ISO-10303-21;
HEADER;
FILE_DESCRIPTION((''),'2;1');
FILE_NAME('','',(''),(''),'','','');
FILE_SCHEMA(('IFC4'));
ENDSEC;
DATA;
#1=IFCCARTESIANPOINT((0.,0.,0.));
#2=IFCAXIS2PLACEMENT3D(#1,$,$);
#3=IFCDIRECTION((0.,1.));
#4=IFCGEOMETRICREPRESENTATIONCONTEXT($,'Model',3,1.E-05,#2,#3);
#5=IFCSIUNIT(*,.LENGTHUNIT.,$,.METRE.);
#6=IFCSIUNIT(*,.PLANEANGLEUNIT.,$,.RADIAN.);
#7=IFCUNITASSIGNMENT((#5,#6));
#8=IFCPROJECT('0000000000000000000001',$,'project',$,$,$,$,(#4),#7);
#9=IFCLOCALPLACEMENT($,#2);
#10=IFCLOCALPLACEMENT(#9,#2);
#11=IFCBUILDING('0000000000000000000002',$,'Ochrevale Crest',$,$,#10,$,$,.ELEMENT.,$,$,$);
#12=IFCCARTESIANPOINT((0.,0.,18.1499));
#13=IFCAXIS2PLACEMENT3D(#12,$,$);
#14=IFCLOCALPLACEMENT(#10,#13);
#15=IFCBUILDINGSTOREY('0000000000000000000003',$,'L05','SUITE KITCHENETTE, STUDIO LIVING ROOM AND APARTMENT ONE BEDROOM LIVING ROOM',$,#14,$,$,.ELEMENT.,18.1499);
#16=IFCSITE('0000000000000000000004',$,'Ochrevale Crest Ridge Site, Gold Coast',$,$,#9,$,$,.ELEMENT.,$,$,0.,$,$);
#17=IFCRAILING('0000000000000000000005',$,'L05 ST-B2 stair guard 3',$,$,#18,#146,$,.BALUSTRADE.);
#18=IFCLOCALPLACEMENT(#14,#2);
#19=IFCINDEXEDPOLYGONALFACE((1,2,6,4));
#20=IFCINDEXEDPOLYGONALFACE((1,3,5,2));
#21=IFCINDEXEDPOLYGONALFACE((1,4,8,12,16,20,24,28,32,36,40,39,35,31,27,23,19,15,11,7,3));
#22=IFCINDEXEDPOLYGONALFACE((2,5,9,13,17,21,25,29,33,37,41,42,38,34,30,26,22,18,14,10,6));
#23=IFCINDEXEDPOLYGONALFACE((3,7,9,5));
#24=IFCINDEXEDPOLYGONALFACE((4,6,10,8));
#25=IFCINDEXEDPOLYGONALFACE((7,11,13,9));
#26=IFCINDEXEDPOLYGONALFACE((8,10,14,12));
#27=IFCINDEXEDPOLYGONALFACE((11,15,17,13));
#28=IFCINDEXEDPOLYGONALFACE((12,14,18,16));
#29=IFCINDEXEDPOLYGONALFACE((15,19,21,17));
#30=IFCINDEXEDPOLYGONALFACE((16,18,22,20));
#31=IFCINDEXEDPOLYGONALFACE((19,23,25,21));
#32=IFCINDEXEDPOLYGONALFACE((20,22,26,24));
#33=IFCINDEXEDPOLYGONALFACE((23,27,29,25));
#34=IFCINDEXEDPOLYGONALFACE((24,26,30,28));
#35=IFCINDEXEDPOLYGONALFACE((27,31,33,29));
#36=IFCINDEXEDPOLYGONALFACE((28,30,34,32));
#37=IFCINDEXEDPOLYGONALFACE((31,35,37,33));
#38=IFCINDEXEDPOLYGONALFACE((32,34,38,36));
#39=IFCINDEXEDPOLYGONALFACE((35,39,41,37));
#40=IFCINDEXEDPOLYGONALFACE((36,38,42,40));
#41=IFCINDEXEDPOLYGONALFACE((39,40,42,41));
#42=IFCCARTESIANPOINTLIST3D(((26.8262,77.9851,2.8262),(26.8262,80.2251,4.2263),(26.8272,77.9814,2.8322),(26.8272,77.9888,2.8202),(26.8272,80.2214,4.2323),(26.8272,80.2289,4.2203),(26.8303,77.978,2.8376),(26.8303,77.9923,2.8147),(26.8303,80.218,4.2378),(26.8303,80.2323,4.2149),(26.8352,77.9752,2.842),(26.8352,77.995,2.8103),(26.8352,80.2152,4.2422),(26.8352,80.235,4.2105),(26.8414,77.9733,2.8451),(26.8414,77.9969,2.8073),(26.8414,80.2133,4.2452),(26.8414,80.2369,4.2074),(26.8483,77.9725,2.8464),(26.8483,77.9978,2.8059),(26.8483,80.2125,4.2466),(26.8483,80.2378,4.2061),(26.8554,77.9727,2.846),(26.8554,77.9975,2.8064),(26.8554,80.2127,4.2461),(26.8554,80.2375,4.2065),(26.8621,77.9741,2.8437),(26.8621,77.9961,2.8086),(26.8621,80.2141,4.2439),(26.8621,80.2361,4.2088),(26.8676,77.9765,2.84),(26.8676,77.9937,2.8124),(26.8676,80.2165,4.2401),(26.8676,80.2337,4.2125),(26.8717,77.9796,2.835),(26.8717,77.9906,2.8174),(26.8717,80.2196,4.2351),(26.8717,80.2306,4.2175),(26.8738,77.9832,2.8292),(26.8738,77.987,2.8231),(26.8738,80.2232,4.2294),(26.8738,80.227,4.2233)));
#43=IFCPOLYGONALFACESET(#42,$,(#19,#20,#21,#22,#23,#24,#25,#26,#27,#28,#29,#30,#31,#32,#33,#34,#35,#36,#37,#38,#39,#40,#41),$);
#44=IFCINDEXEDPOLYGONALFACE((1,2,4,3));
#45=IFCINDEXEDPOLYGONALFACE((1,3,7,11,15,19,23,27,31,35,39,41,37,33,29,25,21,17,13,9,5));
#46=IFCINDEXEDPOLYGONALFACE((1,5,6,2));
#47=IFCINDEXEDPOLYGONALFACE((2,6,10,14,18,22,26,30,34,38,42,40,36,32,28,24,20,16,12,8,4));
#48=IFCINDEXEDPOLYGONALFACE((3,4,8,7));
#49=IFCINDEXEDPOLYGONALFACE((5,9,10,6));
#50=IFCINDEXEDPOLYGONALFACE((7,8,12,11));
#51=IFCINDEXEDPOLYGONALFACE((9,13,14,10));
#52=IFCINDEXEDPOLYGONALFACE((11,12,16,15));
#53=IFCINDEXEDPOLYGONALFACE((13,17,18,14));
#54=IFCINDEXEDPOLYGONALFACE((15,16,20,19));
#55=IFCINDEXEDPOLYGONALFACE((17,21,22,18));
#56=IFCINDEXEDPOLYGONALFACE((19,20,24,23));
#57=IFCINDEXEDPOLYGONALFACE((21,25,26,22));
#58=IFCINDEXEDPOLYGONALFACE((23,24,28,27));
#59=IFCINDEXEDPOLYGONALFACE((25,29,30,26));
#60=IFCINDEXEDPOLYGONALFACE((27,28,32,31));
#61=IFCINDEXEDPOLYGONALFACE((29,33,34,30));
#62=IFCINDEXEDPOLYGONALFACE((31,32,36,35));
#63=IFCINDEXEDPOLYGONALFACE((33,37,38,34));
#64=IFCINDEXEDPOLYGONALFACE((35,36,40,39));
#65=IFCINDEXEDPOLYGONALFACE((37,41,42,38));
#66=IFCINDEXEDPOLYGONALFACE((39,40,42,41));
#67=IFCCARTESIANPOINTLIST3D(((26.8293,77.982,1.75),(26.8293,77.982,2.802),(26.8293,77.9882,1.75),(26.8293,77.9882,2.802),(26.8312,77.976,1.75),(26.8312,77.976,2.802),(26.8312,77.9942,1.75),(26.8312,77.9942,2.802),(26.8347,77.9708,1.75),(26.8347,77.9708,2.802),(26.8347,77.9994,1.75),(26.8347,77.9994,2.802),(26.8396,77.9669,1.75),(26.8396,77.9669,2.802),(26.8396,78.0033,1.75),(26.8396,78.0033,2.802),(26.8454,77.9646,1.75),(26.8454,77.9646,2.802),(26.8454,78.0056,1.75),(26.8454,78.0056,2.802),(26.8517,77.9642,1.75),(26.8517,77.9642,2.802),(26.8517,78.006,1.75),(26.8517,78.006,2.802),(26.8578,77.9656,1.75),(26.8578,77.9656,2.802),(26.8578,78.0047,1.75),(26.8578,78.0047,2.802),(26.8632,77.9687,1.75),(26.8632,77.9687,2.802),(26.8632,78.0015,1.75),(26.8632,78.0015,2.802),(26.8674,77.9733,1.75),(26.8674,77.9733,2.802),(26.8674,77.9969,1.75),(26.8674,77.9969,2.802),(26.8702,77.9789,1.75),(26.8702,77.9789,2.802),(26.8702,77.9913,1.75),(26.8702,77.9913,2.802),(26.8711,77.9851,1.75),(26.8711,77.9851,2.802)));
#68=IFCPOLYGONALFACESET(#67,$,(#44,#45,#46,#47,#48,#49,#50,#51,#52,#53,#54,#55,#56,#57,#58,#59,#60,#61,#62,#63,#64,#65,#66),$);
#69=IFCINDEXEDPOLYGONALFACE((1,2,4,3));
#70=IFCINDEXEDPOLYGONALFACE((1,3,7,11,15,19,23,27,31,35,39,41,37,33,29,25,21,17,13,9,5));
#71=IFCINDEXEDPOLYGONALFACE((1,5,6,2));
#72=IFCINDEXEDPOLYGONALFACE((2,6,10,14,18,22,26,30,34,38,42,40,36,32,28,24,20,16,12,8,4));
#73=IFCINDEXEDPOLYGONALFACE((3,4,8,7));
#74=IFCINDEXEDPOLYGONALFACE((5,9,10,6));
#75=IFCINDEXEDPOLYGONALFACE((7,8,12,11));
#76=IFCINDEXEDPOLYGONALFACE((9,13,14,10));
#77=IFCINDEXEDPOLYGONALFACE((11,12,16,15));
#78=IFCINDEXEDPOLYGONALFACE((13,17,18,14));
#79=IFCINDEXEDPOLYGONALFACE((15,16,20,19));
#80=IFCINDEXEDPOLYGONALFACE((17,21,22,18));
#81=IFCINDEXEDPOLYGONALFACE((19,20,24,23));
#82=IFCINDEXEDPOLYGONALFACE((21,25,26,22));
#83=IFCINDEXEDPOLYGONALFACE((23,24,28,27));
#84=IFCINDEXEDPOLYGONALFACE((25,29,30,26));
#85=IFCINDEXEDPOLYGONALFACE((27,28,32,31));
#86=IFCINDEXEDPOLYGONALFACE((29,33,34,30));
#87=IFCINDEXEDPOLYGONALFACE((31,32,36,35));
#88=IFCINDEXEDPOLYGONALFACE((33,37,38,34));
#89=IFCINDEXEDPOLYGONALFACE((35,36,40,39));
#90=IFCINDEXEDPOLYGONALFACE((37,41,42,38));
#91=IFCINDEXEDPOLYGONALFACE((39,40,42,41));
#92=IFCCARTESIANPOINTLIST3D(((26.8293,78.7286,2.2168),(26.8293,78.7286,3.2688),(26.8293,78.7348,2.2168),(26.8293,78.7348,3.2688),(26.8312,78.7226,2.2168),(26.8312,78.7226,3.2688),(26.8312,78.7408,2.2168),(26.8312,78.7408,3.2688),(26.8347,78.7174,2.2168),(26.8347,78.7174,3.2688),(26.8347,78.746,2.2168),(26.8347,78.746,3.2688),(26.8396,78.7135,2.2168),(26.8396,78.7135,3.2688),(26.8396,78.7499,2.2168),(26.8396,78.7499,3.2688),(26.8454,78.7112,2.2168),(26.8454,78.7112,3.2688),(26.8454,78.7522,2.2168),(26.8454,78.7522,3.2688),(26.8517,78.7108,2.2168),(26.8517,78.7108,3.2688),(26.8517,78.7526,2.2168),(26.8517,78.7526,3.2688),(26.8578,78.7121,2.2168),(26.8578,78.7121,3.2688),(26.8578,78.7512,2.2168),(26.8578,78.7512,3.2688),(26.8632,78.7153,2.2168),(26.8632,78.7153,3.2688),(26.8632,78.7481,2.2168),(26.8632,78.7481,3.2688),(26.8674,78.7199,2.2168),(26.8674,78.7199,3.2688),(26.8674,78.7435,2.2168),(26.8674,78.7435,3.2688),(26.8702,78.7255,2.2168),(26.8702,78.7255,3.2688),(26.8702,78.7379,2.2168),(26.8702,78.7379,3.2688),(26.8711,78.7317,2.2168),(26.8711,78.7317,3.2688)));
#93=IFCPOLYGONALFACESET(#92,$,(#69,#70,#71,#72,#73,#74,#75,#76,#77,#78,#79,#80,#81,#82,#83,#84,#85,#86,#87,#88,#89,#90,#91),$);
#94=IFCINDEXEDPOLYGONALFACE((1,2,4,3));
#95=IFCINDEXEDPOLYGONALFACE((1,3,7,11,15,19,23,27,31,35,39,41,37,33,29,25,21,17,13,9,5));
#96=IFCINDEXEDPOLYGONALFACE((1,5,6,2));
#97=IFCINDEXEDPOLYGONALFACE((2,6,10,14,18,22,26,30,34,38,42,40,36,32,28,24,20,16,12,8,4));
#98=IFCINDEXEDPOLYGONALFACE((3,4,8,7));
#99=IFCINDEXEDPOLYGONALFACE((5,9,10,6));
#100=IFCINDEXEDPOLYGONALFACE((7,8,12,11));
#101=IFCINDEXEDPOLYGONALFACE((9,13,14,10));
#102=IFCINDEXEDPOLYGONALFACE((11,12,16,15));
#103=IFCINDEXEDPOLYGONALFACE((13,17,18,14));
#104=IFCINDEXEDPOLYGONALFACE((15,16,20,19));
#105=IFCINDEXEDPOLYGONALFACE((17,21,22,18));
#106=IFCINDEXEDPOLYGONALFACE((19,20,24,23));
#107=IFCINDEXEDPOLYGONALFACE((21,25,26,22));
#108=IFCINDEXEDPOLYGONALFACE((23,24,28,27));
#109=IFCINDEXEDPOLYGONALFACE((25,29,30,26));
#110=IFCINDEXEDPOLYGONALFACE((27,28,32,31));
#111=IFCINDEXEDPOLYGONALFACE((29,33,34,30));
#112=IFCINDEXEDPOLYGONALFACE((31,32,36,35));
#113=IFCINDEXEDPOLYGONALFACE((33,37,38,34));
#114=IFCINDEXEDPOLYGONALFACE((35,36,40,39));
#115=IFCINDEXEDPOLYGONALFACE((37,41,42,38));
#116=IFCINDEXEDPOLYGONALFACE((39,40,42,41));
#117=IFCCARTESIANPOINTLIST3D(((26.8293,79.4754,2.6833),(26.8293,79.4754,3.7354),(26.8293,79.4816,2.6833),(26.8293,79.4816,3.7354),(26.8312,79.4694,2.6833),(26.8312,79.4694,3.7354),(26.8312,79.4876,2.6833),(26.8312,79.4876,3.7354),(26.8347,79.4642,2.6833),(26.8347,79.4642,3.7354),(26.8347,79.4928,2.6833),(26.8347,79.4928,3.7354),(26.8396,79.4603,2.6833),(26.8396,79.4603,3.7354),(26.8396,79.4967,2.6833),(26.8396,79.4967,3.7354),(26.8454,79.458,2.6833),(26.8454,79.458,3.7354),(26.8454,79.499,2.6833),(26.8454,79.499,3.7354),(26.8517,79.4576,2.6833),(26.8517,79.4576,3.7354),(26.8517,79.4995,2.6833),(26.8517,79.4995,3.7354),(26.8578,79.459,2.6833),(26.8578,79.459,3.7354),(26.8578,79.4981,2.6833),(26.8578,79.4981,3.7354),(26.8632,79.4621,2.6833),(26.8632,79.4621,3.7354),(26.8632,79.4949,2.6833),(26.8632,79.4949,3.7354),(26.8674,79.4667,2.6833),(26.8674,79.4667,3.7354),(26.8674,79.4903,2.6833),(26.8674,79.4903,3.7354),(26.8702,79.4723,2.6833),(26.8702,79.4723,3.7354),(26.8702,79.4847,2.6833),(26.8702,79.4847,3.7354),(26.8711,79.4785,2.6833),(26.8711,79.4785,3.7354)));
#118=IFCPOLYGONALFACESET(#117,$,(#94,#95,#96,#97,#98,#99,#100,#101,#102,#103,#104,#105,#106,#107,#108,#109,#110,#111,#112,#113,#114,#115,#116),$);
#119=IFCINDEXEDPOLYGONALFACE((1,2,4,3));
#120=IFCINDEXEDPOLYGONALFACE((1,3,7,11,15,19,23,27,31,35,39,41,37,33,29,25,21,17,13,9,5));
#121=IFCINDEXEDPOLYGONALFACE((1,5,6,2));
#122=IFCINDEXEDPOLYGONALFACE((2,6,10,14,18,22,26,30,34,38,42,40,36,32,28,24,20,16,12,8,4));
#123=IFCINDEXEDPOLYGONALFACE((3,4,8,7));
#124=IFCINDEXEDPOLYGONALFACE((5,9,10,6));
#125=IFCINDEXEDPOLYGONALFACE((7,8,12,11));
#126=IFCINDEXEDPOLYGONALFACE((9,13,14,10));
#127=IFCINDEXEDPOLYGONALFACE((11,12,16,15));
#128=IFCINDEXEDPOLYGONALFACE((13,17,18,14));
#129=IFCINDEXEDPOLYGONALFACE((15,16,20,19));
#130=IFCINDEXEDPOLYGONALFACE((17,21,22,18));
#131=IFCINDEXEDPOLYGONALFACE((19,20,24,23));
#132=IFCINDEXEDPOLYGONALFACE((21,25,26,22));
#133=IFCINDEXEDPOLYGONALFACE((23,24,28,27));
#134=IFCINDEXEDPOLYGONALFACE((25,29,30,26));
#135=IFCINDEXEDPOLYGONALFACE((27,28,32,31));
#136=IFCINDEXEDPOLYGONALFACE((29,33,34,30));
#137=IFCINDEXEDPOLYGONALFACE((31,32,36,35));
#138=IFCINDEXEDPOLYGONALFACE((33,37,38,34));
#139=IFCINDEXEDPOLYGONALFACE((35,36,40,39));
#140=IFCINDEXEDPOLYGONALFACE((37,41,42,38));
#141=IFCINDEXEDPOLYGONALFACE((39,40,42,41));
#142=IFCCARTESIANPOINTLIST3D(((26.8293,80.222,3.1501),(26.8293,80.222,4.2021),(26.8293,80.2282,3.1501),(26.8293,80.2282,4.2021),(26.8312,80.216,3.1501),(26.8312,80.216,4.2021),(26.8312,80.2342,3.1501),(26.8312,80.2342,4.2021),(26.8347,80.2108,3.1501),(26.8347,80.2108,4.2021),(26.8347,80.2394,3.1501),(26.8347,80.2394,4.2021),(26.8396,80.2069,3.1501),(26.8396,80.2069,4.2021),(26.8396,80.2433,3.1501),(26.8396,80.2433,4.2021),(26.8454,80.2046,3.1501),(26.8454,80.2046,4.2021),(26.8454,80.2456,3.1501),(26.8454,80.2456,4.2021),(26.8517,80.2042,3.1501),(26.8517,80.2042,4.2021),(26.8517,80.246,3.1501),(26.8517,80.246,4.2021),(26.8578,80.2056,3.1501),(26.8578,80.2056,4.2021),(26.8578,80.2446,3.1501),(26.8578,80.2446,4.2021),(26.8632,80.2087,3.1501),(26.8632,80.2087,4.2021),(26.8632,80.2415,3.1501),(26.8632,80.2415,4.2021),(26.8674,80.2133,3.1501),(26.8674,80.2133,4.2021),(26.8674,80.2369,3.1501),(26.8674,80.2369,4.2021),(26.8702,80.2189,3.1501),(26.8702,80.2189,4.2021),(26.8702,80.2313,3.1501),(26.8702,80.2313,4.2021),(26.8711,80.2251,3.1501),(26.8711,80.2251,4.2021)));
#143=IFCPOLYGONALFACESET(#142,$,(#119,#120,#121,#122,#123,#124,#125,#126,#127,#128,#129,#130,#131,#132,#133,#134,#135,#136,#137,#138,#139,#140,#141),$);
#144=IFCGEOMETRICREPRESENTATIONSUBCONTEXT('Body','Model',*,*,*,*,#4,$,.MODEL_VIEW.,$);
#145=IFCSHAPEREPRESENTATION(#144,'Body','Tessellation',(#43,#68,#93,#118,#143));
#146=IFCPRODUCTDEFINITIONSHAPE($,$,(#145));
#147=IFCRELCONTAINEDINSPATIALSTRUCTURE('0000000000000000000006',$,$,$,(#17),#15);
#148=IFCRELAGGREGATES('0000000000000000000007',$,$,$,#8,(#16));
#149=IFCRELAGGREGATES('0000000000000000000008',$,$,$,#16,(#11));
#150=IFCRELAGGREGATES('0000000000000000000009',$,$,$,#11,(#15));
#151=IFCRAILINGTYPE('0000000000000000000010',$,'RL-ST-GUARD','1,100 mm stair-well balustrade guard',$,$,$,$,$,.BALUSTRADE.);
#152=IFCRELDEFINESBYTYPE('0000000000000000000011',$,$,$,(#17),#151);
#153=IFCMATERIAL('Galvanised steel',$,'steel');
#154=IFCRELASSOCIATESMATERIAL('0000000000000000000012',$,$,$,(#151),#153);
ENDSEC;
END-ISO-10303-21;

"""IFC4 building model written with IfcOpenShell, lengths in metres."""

from ifc_helpers import new_model, si_unit, direction, frame, origin, origin_2d, place, context, subcontext, project, spatial, circle, extrude, material, type_object, element, save


model = new_model("IFC4")

# Units and contexts
model_context = context("Model", 3, precision=1e-05, world=origin(), true_north=direction((0.0, 1.0)))
body_context = subcontext(model_context, "Body", "Model", "MODEL_VIEW")
ifc_project = project(units=[si_unit("LENGTHUNIT", "METRE"), si_unit("PLANEANGLEUNIT", "RADIAN")], contexts=[model_context])

# Site, building, storey
site_placement = place(None, origin())
site = spatial("IfcSite", under=ifc_project, at=site_placement, Name="Ochrevale Crest Ridge Site, Gold Coast", CompositionType="ELEMENT", RefElevation=0.0)
building_placement = place(site_placement, origin())
building = spatial("IfcBuilding", under=site, at=building_placement, Name="Ochrevale Crest", CompositionType="ELEMENT")
storey_placement = place(building_placement, frame((0.0, 0.0, 18.1499)))
storey = spatial("IfcBuildingStorey", under=building, at=storey_placement, Name="L05", Description="SUITE KITCHENETTE, STUDIO LIVING ROOM AND APARTMENT ONE BEDROOM LIVING ROOM", CompositionType="ELEMENT", Elevation=18.1499)

# Railing
ifc_material_1 = material(Name="Galvanised steel", Category="steel")
railing_type_1 = type_object("IfcRailingType", Name="RL-ST-GUARD", Description="1,100 mm stair-well balustrade guard", PredefinedType="BALUSTRADE", material=ifc_material_1)
railing_1_placement = place(storey_placement, frame((26.8501, 77.9851, 1.75)))
element("IfcRailing", 1, at=railing_1_placement, inside=storey, type_object=railing_type_1, Name="L05 ST-B2 stair guard 3", PredefinedType="BALUSTRADE", context=body_context, shape_type="SweptSolid", body=[
    extrude(circle(Radius=0.0239, at=origin_2d()), frame((0.0, 0.0, 1.0762), z_axis=(0.0, 0.847972, 0.53004), x_axis=(-1.0, 0.0, 0.0)), (0.0, 0.0, 1.0), 2.6416),
    extrude(circle(Radius=0.021, at=origin_2d()), origin(), (0.0, 0.0, 1.0), 1.052),
    extrude(circle(Radius=0.021, at=origin_2d()), frame((0.0, 0.7466, 0.4668)), (0.0, 0.0, 1.0), 1.052),
    extrude(circle(Radius=0.021, at=origin_2d()), frame((0.0, 1.4934, 0.9333)), (0.0, 0.0, 1.0), 1.052),
    extrude(circle(Radius=0.021, at=origin_2d()), frame((0.0, 2.24, 1.4001)), (0.0, 0.0, 1.0), 1.052),
])

save(model, "model.ifc")
